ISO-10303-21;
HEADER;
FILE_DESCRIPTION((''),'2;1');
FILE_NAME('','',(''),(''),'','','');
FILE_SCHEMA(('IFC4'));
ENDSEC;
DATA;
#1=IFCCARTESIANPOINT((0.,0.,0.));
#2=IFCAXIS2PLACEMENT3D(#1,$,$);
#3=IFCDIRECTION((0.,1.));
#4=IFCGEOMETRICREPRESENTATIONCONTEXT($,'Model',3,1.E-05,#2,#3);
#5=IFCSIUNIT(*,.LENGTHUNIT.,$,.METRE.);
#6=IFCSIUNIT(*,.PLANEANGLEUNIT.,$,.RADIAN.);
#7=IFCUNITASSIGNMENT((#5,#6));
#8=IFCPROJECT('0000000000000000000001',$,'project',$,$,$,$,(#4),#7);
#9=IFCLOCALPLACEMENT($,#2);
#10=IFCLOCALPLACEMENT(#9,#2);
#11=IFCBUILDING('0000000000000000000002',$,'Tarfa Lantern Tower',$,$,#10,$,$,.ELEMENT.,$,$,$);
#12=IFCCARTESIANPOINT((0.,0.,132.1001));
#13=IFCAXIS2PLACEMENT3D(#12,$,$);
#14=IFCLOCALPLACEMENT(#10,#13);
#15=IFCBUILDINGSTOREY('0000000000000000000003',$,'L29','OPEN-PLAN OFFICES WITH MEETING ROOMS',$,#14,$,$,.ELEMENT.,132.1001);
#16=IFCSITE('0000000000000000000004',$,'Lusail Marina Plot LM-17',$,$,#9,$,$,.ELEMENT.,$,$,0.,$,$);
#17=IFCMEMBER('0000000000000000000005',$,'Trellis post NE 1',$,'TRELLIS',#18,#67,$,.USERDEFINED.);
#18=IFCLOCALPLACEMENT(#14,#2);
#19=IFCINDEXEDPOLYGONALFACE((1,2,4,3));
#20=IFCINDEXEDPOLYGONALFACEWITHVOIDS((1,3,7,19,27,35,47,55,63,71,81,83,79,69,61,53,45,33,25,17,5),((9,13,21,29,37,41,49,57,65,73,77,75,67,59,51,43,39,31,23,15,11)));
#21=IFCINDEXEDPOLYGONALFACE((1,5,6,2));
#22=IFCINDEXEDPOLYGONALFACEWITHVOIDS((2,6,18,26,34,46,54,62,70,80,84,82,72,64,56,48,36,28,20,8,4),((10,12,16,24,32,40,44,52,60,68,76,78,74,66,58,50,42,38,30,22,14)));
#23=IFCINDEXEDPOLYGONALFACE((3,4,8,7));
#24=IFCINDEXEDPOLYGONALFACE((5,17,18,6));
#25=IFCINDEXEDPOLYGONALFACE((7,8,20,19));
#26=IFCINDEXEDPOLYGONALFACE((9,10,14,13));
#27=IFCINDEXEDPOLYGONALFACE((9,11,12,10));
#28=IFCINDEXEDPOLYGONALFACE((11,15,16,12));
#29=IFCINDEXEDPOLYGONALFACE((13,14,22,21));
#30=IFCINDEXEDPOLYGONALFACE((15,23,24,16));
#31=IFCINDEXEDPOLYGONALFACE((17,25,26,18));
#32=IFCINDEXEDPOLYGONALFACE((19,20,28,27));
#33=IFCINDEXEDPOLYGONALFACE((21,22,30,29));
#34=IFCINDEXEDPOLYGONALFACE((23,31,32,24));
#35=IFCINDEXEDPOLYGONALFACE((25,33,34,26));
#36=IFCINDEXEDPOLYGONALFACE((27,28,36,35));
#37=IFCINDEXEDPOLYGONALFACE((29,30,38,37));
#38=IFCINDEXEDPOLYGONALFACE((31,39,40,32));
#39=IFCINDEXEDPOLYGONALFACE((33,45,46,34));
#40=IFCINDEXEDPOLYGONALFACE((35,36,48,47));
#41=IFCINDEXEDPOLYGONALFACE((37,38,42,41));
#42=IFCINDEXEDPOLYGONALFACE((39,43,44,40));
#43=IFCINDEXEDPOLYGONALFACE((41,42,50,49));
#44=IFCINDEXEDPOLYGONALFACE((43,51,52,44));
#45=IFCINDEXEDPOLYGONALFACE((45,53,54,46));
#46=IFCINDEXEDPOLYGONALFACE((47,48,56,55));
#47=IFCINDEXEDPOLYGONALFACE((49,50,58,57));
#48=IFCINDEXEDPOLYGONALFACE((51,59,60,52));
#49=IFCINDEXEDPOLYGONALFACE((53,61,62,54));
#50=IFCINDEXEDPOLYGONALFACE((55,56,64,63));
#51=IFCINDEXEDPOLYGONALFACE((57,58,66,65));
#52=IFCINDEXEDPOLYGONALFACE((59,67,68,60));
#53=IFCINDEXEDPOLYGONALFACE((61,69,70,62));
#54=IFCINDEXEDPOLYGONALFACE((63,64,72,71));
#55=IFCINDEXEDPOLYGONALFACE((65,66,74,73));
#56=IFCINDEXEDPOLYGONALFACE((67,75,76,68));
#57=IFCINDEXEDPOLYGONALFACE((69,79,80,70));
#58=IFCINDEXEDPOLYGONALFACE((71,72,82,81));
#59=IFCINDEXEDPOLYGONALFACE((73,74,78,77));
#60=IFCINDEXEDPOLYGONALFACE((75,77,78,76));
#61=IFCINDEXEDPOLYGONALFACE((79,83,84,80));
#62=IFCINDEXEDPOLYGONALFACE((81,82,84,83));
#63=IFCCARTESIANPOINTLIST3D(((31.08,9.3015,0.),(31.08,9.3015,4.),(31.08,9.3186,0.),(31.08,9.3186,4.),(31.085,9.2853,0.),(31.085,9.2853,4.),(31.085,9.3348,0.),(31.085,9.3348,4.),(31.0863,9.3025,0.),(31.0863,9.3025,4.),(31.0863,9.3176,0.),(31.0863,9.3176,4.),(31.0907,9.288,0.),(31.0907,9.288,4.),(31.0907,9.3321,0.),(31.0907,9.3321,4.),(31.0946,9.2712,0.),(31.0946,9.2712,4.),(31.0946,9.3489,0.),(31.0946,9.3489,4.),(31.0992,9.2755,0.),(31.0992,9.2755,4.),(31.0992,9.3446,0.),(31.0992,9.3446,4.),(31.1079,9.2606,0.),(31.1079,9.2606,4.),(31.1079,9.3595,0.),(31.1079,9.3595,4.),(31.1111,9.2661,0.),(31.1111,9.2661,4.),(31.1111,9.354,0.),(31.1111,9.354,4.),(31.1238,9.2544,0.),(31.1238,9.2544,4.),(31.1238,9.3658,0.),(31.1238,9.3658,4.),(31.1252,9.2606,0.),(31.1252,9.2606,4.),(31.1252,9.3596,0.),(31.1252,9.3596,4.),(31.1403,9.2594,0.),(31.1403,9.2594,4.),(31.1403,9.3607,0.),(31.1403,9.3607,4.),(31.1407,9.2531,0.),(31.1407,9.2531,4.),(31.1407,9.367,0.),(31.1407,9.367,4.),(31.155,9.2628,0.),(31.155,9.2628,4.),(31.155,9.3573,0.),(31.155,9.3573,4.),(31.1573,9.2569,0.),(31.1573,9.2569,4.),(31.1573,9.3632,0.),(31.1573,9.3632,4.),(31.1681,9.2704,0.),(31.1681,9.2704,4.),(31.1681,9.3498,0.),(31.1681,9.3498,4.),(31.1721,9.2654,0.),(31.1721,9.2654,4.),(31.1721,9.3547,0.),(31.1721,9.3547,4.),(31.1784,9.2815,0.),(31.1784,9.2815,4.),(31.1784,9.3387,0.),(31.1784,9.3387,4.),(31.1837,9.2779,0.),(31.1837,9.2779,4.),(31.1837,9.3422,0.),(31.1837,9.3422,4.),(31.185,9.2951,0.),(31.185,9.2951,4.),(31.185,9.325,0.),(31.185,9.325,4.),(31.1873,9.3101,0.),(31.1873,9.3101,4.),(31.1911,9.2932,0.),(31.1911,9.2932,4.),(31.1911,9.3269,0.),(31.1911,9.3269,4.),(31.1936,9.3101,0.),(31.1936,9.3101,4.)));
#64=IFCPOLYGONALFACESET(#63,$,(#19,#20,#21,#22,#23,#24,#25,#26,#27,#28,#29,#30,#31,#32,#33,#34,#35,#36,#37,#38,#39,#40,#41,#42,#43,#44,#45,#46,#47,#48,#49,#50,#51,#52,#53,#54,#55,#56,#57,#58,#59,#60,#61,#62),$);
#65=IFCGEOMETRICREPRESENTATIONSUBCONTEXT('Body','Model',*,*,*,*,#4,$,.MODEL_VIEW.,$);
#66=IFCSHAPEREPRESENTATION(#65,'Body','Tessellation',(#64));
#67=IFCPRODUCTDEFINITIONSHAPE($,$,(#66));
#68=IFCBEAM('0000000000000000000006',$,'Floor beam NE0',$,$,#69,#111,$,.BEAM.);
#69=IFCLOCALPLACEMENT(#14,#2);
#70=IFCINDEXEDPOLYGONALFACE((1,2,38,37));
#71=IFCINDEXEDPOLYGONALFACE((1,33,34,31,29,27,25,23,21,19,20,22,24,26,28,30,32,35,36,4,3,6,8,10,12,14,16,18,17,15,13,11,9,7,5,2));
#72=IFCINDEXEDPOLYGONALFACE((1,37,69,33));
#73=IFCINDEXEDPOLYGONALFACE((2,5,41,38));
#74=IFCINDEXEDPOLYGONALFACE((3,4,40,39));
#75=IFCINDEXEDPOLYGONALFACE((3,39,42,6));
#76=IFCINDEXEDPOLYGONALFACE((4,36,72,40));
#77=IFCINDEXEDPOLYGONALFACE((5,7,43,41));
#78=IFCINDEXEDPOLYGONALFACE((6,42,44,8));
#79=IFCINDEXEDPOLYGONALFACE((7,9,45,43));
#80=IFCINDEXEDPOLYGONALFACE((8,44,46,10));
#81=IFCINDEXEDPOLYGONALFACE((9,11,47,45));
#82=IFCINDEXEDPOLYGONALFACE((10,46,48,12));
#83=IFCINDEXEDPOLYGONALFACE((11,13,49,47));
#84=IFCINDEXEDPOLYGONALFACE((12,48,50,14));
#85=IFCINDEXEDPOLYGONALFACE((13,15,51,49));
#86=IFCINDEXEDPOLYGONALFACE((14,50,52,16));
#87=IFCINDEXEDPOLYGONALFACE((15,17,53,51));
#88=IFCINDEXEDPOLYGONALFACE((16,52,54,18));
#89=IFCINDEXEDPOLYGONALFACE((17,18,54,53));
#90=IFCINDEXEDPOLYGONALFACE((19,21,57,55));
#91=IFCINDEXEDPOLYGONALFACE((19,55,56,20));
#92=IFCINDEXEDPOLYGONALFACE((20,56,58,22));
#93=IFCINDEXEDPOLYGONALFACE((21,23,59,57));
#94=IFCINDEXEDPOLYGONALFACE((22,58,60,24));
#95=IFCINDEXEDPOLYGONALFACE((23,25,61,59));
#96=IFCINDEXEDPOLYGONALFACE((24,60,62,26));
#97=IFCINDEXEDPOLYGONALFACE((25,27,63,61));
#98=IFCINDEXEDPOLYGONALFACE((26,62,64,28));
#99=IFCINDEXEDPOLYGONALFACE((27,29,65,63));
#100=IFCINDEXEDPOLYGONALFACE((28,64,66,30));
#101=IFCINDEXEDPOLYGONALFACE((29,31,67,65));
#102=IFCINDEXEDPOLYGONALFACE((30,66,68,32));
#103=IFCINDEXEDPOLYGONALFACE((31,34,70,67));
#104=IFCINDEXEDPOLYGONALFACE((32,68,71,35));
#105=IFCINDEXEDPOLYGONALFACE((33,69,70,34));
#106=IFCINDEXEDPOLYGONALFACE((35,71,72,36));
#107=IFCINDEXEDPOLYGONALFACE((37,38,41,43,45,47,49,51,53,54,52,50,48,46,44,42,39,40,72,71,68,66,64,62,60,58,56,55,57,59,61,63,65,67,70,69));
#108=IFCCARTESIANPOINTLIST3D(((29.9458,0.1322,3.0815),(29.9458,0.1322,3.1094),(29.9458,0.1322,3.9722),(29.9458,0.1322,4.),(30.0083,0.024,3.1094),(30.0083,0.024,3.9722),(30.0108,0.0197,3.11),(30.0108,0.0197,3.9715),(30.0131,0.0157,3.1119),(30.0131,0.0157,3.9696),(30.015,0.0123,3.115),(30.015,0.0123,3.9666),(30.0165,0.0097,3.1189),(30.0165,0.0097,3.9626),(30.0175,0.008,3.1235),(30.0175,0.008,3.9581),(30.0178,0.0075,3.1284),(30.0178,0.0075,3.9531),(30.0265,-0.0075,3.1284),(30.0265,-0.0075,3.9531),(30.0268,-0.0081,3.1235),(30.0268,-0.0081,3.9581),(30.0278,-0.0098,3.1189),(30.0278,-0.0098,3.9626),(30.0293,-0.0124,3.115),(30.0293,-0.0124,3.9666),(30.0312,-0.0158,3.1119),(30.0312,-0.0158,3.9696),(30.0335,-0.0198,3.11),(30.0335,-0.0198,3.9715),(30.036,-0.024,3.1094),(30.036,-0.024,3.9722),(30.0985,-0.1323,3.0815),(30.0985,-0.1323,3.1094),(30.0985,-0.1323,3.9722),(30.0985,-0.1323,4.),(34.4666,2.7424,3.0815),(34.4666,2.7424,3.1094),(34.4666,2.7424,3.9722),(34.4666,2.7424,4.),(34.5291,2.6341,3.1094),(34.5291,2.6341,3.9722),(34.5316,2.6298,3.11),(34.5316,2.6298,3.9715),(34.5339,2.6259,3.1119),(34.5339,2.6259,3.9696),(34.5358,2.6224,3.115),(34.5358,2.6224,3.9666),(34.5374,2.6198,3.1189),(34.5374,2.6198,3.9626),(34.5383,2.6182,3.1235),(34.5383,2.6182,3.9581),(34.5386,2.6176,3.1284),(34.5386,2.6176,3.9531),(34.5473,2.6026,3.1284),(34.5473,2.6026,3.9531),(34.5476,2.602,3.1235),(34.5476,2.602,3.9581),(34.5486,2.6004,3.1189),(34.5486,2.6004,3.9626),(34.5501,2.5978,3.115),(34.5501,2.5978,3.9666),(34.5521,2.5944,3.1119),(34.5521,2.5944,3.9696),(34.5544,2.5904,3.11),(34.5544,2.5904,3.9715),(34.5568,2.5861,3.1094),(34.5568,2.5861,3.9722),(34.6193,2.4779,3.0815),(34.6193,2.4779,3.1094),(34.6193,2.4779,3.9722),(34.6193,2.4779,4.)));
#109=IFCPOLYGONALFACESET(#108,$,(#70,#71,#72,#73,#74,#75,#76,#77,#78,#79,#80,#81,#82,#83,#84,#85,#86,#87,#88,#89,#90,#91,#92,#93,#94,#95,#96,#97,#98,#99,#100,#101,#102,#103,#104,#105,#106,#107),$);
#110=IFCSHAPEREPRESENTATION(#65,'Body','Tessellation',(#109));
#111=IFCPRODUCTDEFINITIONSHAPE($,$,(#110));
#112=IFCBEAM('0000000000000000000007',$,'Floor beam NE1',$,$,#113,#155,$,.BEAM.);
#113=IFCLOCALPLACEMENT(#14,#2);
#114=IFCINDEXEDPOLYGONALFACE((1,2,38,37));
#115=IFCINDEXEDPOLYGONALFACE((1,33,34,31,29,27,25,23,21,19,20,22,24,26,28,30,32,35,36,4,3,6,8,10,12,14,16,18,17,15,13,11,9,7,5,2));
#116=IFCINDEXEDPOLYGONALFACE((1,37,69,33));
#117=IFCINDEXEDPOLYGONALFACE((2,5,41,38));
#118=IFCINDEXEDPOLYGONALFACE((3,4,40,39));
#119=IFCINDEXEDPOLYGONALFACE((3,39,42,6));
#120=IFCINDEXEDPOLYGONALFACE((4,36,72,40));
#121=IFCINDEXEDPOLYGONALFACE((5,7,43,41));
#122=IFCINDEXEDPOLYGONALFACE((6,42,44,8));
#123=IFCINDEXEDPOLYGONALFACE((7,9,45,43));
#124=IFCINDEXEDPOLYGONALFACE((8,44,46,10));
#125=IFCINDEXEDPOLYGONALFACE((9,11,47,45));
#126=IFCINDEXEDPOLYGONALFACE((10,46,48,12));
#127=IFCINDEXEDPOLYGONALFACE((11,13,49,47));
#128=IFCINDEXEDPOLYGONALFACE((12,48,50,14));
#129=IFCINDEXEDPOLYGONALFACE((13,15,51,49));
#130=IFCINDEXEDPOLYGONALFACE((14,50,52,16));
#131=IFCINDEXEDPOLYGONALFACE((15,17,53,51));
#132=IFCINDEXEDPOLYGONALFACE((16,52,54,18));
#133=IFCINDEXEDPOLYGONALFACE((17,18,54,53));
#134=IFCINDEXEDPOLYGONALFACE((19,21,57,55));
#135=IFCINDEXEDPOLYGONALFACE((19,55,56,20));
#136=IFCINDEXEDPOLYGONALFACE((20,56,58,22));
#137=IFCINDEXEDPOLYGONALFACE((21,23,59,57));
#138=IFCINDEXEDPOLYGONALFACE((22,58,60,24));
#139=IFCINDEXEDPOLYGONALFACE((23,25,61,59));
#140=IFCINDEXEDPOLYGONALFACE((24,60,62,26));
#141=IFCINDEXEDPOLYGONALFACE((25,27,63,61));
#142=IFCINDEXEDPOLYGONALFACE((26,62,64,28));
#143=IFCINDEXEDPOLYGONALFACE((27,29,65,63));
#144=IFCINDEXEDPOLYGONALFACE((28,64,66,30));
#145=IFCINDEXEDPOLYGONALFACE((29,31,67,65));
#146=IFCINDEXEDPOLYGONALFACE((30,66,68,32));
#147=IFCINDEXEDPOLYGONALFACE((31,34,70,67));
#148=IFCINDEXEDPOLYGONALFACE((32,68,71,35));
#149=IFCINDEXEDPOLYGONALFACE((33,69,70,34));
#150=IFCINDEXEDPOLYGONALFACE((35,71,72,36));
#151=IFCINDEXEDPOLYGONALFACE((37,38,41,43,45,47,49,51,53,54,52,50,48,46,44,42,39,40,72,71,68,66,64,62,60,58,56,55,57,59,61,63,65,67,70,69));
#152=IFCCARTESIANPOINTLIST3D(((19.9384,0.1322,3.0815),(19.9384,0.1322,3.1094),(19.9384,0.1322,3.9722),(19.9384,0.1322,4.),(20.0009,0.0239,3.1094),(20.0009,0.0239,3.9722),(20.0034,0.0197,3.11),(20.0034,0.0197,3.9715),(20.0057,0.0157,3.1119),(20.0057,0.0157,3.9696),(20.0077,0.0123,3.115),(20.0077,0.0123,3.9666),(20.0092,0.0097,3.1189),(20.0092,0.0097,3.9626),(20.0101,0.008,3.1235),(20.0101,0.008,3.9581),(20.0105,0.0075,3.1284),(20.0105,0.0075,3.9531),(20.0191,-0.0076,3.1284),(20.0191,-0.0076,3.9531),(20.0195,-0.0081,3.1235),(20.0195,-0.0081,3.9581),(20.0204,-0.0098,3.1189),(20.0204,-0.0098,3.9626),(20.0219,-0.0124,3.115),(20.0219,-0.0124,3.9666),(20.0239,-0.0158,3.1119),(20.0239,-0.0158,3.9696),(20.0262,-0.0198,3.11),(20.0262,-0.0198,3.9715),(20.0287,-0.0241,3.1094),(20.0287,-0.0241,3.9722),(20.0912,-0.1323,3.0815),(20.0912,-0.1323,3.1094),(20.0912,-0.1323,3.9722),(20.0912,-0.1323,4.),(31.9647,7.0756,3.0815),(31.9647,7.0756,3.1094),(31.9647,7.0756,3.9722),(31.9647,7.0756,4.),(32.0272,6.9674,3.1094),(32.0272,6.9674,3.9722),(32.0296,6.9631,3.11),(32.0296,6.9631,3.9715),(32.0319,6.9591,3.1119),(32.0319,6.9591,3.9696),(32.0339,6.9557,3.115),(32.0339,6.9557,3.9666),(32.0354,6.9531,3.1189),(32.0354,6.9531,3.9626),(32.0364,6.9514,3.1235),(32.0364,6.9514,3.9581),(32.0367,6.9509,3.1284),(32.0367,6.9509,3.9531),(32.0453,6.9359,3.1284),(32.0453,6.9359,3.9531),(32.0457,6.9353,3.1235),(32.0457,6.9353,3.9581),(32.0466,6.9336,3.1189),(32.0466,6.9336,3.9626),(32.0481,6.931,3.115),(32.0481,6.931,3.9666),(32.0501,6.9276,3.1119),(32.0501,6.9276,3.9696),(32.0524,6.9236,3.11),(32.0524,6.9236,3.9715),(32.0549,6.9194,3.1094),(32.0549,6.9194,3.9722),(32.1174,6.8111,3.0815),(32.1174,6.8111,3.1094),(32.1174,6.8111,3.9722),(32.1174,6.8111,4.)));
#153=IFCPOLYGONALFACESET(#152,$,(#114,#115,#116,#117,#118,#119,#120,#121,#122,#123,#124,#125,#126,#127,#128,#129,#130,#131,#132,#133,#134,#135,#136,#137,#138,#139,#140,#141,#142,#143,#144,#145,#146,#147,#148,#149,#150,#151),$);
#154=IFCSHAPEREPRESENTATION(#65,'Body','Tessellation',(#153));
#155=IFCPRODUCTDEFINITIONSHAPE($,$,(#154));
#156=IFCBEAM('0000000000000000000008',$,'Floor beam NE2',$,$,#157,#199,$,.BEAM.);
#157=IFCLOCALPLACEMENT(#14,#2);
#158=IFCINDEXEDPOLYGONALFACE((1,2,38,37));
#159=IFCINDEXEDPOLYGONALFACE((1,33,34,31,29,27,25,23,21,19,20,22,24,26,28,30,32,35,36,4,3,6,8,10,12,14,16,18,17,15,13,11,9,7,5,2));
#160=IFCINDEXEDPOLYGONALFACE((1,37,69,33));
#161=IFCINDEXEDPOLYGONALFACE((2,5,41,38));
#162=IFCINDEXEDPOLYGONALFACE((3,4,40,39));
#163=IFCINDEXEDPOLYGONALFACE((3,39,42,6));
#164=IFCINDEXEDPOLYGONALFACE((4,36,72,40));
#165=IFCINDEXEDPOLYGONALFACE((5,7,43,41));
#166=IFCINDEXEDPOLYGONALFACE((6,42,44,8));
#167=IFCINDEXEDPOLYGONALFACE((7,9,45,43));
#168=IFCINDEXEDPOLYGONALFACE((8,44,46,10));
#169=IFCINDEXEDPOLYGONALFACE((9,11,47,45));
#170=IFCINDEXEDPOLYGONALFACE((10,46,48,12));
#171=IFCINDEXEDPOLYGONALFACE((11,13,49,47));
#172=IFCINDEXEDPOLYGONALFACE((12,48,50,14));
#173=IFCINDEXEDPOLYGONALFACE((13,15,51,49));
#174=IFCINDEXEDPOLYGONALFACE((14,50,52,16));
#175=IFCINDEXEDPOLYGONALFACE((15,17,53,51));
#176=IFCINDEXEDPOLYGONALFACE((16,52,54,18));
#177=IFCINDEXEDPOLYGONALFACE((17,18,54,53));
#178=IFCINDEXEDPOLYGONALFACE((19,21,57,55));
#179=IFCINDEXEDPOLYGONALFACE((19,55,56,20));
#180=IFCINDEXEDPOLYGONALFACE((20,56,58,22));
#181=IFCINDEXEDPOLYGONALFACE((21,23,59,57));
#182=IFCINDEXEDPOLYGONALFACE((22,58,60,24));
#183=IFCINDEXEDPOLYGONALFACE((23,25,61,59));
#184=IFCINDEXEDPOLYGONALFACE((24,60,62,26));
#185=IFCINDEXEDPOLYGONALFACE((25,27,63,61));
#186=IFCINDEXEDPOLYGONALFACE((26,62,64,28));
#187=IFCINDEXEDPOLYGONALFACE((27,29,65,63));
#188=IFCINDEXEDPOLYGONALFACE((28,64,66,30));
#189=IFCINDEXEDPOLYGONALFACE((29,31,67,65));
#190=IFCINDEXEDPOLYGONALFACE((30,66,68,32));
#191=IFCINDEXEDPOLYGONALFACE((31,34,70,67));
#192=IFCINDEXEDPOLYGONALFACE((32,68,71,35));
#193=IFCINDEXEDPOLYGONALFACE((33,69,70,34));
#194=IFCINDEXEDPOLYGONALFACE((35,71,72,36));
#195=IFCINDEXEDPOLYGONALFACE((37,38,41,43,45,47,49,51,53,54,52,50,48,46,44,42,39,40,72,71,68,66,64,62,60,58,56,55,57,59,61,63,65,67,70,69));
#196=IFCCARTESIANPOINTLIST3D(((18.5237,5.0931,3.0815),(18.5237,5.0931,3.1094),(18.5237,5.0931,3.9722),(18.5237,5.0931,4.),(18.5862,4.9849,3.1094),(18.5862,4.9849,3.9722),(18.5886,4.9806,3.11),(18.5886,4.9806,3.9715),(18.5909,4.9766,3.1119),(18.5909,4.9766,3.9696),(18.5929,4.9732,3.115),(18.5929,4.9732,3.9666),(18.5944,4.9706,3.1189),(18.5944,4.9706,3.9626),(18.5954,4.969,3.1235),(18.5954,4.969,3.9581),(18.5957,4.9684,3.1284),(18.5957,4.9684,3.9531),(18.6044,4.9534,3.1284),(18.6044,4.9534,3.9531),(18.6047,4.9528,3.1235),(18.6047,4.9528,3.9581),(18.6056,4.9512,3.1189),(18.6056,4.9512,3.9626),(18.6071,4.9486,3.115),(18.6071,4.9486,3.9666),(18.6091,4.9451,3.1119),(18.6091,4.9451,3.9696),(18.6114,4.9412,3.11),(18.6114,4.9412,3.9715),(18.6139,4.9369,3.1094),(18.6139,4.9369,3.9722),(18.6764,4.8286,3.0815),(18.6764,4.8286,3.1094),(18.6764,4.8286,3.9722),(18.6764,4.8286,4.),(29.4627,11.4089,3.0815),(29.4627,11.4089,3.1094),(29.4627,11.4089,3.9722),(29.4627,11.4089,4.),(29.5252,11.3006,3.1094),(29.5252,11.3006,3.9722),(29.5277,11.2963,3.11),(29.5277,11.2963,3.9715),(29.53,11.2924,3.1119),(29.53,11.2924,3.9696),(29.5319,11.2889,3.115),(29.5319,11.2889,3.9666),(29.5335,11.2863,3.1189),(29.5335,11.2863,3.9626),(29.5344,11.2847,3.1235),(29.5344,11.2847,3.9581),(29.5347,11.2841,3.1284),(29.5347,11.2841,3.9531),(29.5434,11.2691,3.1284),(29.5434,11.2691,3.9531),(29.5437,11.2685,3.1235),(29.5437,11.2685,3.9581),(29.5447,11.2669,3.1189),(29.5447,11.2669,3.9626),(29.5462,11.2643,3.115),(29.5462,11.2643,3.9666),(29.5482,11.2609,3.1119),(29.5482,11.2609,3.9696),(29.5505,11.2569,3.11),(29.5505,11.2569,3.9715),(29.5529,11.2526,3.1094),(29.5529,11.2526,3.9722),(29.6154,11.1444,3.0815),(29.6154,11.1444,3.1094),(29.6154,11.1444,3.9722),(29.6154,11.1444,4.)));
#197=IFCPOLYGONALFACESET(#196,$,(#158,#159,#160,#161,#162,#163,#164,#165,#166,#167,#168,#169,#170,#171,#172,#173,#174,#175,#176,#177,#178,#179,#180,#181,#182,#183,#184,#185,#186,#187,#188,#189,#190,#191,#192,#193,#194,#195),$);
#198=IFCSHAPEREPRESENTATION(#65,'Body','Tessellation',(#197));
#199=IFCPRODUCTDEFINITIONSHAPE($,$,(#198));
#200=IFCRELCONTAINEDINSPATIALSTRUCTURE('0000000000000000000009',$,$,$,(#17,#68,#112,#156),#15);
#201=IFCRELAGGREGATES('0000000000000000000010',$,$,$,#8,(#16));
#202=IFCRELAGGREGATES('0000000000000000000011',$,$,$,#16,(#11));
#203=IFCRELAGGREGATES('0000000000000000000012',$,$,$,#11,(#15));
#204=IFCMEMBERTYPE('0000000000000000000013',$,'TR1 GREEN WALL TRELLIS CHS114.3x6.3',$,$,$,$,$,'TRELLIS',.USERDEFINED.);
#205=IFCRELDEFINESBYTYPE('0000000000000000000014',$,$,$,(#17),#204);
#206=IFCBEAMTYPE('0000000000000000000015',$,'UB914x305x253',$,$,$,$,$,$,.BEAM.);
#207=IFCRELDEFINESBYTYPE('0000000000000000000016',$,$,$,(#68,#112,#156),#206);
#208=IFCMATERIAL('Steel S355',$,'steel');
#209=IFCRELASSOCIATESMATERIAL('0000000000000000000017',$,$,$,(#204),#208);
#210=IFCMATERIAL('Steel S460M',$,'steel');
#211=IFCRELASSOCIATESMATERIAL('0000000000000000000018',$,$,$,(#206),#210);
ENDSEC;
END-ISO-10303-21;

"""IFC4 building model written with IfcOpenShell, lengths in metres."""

from ifc_helpers import new_model, si_unit, direction, frame, origin, origin_2d, place, context, subcontext, project, spatial, hollow_circle, i_section, extrude, material, material_profile, profile_set, type_object, element, save


model = new_model("IFC4")

# Units and contexts
model_context = context("Model", 3, precision=1e-05, world=origin(), true_north=direction((0.0, 1.0)))
body_context = subcontext(model_context, "Body", "Model", "MODEL_VIEW")
ifc_project = project(units=[si_unit("LENGTHUNIT", "METRE"), si_unit("PLANEANGLEUNIT", "RADIAN")], contexts=[model_context])

# Site, building, storey
site_placement = place(None, origin())
site = spatial("IfcSite", under=ifc_project, at=site_placement, Name="Lusail Marina Plot LM-17", CompositionType="ELEMENT", RefElevation=0.0)
building_placement = place(site_placement, origin())
building = spatial("IfcBuilding", under=site, at=building_placement, Name="Tarfa Lantern Tower", CompositionType="ELEMENT")
storey_placement = place(building_placement, frame((0.0, 0.0, 132.1001)))
storey = spatial("IfcBuildingStorey", under=building, at=storey_placement, Name="L29", Description="OPEN-PLAN OFFICES WITH MEETING ROOMS", CompositionType="ELEMENT", Elevation=132.1001)

# Member
ifc_material_1 = material(Name="Steel S355", Category="steel")
ifc_material_profile_1 = material_profile(ifc_material_1, hollow_circle(Radius=0.0571, WallThickness=0.0063, at=origin_2d()), Name="CHS114.3x6.3")
ifc_profile_set_1 = profile_set([ifc_material_profile_1], Name="Steel S355")
member_type_1 = type_object("IfcMemberType", Name="TR1 GREEN WALL TRELLIS CHS114.3x6.3", ElementType="TRELLIS", PredefinedType="USERDEFINED", material=ifc_profile_set_1)
member_1_placement = place(storey_placement, frame((31.1365, 9.3101, 0.0), z_axis=(0.0, 0.0, 1.0), x_axis=(1.0, 0.0, 0.0)))
element("IfcMember", 1, at=member_1_placement, inside=storey, type_object=member_type_1, Name="Trellis post NE 1", ObjectType="TRELLIS", PredefinedType="USERDEFINED", context=body_context, shape_type="SweptSolid", body=[
    extrude(hollow_circle(Radius=0.0571, WallThickness=0.0063, at=origin_2d()), origin(), (0.0, 0.0, 1.0), 4.0),
])

# Beams
ifc_material_2 = material(Name="Steel S460M", Category="steel")
ifc_material_profile_2 = material_profile(ifc_material_2, i_section(OverallWidth=0.3054, OverallDepth=0.9185, WebThickness=0.0173, FlangeThickness=0.0278, FilletRadius=0.019, at=origin_2d()), Name="UB914x305x253")
ifc_profile_set_2 = profile_set([ifc_material_profile_2], Name="Steel S460M")
beam_type_1 = type_object("IfcBeamType", Name="UB914x305x253", PredefinedType="BEAM", material=ifc_profile_set_2)
beam_1_placement = place(storey_placement, frame((34.543, 2.6101, 3.5408), z_axis=(-0.866021, -0.500007, 0.0), x_axis=(0.500007, -0.866021, 0.0)))
element("IfcBeam", 2, at=beam_1_placement, inside=storey, type_object=beam_type_1, Name="Floor beam NE0", PredefinedType="BEAM", context=body_context, shape_type="SweptSolid", body=[
    extrude(i_section(OverallWidth=0.3054, OverallDepth=0.9185, WebThickness=0.0173, FlangeThickness=0.0278, FilletRadius=0.019, at=origin_2d()), origin(), (0.0, 0.0, 1.0), 5.2202),
])
beam_2_placement = place(storey_placement, frame((32.041, 6.9434, 3.5408), z_axis=(-0.866023, -0.500004, 0.0), x_axis=(0.500004, -0.866023, 0.0)))
element("IfcBeam", 3, at=beam_2_placement, inside=storey, type_object=beam_type_1, Name="Floor beam NE1", PredefinedType="BEAM", context=body_context, shape_type="SweptSolid", body=[
    extrude(i_section(OverallWidth=0.3054, OverallDepth=0.9185, WebThickness=0.0173, FlangeThickness=0.0278, FilletRadius=0.019, at=origin_2d()), origin(), (0.0, 0.0, 1.0), 13.8867),
])
beam_3_placement = place(storey_placement, frame((29.5391, 11.2766, 3.5408), z_axis=(-0.866023, -0.500004, 0.0), x_axis=(0.500004, -0.866023, 0.0)))
element("IfcBeam", 4, at=beam_3_placement, inside=storey, type_object=beam_type_1, Name="Floor beam NE2", PredefinedType="BEAM", context=body_context, shape_type="SweptSolid", body=[
    extrude(i_section(OverallWidth=0.3054, OverallDepth=0.9185, WebThickness=0.0173, FlangeThickness=0.0278, FilletRadius=0.019, at=origin_2d()), origin(), (0.0, 0.0, 1.0), 12.6313),
])

save(model, "model.ifc")
